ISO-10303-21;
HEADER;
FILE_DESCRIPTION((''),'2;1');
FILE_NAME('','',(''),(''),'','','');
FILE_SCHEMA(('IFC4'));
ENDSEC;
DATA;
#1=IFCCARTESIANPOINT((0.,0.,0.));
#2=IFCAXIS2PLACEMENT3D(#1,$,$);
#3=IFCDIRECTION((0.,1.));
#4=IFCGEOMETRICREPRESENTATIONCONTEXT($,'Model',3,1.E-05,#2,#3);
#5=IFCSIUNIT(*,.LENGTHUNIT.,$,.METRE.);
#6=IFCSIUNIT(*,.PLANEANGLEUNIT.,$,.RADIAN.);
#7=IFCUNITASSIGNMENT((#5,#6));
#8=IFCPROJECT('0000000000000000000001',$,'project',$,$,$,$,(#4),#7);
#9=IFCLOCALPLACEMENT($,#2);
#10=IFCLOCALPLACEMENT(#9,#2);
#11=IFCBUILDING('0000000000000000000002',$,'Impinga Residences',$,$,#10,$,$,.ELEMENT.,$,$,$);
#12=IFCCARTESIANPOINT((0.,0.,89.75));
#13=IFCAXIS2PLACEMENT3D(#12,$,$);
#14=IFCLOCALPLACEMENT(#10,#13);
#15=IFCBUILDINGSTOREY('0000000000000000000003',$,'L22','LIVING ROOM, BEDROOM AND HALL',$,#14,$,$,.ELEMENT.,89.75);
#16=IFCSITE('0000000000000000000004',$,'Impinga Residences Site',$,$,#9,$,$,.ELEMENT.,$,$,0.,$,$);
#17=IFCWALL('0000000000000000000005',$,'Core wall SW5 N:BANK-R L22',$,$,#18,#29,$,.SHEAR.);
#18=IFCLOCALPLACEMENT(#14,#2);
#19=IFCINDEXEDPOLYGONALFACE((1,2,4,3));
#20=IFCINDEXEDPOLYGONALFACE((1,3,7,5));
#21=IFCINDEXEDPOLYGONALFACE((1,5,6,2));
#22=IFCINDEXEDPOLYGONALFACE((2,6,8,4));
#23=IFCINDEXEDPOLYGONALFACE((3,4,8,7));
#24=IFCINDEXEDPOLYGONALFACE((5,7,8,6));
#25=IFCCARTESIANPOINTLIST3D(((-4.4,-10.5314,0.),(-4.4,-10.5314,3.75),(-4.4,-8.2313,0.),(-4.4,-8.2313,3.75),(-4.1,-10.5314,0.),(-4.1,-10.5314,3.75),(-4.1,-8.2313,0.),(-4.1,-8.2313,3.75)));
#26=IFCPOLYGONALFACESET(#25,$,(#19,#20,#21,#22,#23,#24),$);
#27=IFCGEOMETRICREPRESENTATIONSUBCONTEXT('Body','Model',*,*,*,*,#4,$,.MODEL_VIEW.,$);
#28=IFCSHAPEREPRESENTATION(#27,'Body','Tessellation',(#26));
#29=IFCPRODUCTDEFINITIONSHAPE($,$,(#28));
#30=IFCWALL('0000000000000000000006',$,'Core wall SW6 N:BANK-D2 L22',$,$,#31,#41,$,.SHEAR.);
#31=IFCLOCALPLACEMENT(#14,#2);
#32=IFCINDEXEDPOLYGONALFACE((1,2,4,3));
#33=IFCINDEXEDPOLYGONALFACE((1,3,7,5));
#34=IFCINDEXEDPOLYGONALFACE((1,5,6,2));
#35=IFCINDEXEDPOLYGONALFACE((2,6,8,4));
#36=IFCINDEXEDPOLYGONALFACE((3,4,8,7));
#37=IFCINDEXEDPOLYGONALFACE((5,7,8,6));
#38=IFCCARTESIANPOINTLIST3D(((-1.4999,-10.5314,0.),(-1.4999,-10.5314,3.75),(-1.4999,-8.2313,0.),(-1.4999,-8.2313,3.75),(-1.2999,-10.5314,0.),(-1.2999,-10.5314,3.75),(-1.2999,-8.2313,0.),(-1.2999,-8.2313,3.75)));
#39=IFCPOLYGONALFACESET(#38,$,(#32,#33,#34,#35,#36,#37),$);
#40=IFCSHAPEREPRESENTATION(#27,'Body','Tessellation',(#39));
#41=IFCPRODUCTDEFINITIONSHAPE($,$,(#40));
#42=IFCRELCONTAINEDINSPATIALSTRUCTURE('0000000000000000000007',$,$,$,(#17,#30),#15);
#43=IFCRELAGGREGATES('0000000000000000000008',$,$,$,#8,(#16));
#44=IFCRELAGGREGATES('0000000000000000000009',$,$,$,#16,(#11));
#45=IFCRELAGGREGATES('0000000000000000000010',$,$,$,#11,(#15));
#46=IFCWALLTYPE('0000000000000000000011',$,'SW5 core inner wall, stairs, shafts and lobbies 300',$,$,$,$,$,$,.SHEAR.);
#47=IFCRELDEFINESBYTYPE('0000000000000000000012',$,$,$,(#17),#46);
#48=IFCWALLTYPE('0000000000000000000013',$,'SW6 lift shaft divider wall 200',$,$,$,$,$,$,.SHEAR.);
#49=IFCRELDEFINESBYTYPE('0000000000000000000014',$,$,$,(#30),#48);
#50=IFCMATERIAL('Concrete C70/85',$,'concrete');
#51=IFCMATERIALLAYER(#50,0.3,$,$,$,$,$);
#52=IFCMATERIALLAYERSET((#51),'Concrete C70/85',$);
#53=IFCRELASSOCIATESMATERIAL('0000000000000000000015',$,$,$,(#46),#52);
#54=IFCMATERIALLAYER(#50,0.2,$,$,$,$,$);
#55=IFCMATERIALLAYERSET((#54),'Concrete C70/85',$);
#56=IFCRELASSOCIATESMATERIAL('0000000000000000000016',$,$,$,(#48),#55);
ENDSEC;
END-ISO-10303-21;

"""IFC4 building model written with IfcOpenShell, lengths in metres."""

from ifc_helpers import new_model, si_unit, direction, frame, frame_2d, origin, place, context, subcontext, project, spatial, rectangle, extrude, material, layer, layer_set, type_object, element, save


model = new_model("IFC4")

# Units and contexts
model_context = context("Model", 3, precision=1e-05, world=origin(), true_north=direction((0.0, 1.0)))
body_context = subcontext(model_context, "Body", "Model", "MODEL_VIEW")
ifc_project = project(units=[si_unit("LENGTHUNIT", "METRE"), si_unit("PLANEANGLEUNIT", "RADIAN")], contexts=[model_context])

# Site, building, storey
site_placement = place(None, origin())
site = spatial("IfcSite", under=ifc_project, at=site_placement, Name="Impinga Residences Site", CompositionType="ELEMENT", RefElevation=0.0)
building_placement = place(site_placement, origin())
building = spatial("IfcBuilding", under=site, at=building_placement, Name="Impinga Residences", CompositionType="ELEMENT")
storey_placement = place(building_placement, frame((0.0, 0.0, 89.75)))
storey = spatial("IfcBuildingStorey", under=building, at=storey_placement, Name="L22", Description="LIVING ROOM, BEDROOM AND HALL", CompositionType="ELEMENT", Elevation=89.75)

# Shared definitions
ifc_material_1 = material(Name="Concrete C70/85", Category="concrete")

# Shared definitions
ifc_layer_1 = layer(ifc_material_1, 0.3)
ifc_layer_set_1 = layer_set([ifc_layer_1], Name="Concrete C70/85")
wall_type_1 = type_object("IfcWallType", Name="SW5 core inner wall, stairs, shafts and lobbies 300", PredefinedType="SHEAR", material=ifc_layer_set_1)

# Walls
wall_1_placement = place(storey_placement, frame((-4.25, -8.2314, 0.0), z_axis=(0.0, 0.0, 1.0), x_axis=(0.0, -1.0, 0.0)))
element("IfcWall", 1, at=wall_1_placement, inside=storey, type_object=wall_type_1, Name="Core wall SW5 N:BANK-R L22", PredefinedType="SHEAR", context=body_context, shape_type="SweptSolid", body=[
    extrude(rectangle(XDim=2.3, YDim=0.3, at=frame_2d((1.1499, 0.0))), origin(), (0.0, 0.0, 1.0), 3.75),
])
ifc_layer_2 = layer(ifc_material_1, 0.2)
ifc_layer_set_2 = layer_set([ifc_layer_2], Name="Concrete C70/85")
wall_type_2 = type_object("IfcWallType", Name="SW6 lift shaft divider wall 200", PredefinedType="SHEAR", material=ifc_layer_set_2)
wall_2_placement = place(storey_placement, frame((-1.3999, -8.2314, 0.0), z_axis=(0.0, 0.0, 1.0), x_axis=(0.0, -1.0, 0.0)))
element("IfcWall", 2, at=wall_2_placement, inside=storey, type_object=wall_type_2, Name="Core wall SW6 N:BANK-D2 L22", PredefinedType="SHEAR", context=body_context, shape_type="SweptSolid", body=[
    extrude(rectangle(XDim=2.3, YDim=0.2, at=frame_2d((1.1499, 0.0))), origin(), (0.0, 0.0, 1.0), 3.75),
])

save(model, "model.ifc")
